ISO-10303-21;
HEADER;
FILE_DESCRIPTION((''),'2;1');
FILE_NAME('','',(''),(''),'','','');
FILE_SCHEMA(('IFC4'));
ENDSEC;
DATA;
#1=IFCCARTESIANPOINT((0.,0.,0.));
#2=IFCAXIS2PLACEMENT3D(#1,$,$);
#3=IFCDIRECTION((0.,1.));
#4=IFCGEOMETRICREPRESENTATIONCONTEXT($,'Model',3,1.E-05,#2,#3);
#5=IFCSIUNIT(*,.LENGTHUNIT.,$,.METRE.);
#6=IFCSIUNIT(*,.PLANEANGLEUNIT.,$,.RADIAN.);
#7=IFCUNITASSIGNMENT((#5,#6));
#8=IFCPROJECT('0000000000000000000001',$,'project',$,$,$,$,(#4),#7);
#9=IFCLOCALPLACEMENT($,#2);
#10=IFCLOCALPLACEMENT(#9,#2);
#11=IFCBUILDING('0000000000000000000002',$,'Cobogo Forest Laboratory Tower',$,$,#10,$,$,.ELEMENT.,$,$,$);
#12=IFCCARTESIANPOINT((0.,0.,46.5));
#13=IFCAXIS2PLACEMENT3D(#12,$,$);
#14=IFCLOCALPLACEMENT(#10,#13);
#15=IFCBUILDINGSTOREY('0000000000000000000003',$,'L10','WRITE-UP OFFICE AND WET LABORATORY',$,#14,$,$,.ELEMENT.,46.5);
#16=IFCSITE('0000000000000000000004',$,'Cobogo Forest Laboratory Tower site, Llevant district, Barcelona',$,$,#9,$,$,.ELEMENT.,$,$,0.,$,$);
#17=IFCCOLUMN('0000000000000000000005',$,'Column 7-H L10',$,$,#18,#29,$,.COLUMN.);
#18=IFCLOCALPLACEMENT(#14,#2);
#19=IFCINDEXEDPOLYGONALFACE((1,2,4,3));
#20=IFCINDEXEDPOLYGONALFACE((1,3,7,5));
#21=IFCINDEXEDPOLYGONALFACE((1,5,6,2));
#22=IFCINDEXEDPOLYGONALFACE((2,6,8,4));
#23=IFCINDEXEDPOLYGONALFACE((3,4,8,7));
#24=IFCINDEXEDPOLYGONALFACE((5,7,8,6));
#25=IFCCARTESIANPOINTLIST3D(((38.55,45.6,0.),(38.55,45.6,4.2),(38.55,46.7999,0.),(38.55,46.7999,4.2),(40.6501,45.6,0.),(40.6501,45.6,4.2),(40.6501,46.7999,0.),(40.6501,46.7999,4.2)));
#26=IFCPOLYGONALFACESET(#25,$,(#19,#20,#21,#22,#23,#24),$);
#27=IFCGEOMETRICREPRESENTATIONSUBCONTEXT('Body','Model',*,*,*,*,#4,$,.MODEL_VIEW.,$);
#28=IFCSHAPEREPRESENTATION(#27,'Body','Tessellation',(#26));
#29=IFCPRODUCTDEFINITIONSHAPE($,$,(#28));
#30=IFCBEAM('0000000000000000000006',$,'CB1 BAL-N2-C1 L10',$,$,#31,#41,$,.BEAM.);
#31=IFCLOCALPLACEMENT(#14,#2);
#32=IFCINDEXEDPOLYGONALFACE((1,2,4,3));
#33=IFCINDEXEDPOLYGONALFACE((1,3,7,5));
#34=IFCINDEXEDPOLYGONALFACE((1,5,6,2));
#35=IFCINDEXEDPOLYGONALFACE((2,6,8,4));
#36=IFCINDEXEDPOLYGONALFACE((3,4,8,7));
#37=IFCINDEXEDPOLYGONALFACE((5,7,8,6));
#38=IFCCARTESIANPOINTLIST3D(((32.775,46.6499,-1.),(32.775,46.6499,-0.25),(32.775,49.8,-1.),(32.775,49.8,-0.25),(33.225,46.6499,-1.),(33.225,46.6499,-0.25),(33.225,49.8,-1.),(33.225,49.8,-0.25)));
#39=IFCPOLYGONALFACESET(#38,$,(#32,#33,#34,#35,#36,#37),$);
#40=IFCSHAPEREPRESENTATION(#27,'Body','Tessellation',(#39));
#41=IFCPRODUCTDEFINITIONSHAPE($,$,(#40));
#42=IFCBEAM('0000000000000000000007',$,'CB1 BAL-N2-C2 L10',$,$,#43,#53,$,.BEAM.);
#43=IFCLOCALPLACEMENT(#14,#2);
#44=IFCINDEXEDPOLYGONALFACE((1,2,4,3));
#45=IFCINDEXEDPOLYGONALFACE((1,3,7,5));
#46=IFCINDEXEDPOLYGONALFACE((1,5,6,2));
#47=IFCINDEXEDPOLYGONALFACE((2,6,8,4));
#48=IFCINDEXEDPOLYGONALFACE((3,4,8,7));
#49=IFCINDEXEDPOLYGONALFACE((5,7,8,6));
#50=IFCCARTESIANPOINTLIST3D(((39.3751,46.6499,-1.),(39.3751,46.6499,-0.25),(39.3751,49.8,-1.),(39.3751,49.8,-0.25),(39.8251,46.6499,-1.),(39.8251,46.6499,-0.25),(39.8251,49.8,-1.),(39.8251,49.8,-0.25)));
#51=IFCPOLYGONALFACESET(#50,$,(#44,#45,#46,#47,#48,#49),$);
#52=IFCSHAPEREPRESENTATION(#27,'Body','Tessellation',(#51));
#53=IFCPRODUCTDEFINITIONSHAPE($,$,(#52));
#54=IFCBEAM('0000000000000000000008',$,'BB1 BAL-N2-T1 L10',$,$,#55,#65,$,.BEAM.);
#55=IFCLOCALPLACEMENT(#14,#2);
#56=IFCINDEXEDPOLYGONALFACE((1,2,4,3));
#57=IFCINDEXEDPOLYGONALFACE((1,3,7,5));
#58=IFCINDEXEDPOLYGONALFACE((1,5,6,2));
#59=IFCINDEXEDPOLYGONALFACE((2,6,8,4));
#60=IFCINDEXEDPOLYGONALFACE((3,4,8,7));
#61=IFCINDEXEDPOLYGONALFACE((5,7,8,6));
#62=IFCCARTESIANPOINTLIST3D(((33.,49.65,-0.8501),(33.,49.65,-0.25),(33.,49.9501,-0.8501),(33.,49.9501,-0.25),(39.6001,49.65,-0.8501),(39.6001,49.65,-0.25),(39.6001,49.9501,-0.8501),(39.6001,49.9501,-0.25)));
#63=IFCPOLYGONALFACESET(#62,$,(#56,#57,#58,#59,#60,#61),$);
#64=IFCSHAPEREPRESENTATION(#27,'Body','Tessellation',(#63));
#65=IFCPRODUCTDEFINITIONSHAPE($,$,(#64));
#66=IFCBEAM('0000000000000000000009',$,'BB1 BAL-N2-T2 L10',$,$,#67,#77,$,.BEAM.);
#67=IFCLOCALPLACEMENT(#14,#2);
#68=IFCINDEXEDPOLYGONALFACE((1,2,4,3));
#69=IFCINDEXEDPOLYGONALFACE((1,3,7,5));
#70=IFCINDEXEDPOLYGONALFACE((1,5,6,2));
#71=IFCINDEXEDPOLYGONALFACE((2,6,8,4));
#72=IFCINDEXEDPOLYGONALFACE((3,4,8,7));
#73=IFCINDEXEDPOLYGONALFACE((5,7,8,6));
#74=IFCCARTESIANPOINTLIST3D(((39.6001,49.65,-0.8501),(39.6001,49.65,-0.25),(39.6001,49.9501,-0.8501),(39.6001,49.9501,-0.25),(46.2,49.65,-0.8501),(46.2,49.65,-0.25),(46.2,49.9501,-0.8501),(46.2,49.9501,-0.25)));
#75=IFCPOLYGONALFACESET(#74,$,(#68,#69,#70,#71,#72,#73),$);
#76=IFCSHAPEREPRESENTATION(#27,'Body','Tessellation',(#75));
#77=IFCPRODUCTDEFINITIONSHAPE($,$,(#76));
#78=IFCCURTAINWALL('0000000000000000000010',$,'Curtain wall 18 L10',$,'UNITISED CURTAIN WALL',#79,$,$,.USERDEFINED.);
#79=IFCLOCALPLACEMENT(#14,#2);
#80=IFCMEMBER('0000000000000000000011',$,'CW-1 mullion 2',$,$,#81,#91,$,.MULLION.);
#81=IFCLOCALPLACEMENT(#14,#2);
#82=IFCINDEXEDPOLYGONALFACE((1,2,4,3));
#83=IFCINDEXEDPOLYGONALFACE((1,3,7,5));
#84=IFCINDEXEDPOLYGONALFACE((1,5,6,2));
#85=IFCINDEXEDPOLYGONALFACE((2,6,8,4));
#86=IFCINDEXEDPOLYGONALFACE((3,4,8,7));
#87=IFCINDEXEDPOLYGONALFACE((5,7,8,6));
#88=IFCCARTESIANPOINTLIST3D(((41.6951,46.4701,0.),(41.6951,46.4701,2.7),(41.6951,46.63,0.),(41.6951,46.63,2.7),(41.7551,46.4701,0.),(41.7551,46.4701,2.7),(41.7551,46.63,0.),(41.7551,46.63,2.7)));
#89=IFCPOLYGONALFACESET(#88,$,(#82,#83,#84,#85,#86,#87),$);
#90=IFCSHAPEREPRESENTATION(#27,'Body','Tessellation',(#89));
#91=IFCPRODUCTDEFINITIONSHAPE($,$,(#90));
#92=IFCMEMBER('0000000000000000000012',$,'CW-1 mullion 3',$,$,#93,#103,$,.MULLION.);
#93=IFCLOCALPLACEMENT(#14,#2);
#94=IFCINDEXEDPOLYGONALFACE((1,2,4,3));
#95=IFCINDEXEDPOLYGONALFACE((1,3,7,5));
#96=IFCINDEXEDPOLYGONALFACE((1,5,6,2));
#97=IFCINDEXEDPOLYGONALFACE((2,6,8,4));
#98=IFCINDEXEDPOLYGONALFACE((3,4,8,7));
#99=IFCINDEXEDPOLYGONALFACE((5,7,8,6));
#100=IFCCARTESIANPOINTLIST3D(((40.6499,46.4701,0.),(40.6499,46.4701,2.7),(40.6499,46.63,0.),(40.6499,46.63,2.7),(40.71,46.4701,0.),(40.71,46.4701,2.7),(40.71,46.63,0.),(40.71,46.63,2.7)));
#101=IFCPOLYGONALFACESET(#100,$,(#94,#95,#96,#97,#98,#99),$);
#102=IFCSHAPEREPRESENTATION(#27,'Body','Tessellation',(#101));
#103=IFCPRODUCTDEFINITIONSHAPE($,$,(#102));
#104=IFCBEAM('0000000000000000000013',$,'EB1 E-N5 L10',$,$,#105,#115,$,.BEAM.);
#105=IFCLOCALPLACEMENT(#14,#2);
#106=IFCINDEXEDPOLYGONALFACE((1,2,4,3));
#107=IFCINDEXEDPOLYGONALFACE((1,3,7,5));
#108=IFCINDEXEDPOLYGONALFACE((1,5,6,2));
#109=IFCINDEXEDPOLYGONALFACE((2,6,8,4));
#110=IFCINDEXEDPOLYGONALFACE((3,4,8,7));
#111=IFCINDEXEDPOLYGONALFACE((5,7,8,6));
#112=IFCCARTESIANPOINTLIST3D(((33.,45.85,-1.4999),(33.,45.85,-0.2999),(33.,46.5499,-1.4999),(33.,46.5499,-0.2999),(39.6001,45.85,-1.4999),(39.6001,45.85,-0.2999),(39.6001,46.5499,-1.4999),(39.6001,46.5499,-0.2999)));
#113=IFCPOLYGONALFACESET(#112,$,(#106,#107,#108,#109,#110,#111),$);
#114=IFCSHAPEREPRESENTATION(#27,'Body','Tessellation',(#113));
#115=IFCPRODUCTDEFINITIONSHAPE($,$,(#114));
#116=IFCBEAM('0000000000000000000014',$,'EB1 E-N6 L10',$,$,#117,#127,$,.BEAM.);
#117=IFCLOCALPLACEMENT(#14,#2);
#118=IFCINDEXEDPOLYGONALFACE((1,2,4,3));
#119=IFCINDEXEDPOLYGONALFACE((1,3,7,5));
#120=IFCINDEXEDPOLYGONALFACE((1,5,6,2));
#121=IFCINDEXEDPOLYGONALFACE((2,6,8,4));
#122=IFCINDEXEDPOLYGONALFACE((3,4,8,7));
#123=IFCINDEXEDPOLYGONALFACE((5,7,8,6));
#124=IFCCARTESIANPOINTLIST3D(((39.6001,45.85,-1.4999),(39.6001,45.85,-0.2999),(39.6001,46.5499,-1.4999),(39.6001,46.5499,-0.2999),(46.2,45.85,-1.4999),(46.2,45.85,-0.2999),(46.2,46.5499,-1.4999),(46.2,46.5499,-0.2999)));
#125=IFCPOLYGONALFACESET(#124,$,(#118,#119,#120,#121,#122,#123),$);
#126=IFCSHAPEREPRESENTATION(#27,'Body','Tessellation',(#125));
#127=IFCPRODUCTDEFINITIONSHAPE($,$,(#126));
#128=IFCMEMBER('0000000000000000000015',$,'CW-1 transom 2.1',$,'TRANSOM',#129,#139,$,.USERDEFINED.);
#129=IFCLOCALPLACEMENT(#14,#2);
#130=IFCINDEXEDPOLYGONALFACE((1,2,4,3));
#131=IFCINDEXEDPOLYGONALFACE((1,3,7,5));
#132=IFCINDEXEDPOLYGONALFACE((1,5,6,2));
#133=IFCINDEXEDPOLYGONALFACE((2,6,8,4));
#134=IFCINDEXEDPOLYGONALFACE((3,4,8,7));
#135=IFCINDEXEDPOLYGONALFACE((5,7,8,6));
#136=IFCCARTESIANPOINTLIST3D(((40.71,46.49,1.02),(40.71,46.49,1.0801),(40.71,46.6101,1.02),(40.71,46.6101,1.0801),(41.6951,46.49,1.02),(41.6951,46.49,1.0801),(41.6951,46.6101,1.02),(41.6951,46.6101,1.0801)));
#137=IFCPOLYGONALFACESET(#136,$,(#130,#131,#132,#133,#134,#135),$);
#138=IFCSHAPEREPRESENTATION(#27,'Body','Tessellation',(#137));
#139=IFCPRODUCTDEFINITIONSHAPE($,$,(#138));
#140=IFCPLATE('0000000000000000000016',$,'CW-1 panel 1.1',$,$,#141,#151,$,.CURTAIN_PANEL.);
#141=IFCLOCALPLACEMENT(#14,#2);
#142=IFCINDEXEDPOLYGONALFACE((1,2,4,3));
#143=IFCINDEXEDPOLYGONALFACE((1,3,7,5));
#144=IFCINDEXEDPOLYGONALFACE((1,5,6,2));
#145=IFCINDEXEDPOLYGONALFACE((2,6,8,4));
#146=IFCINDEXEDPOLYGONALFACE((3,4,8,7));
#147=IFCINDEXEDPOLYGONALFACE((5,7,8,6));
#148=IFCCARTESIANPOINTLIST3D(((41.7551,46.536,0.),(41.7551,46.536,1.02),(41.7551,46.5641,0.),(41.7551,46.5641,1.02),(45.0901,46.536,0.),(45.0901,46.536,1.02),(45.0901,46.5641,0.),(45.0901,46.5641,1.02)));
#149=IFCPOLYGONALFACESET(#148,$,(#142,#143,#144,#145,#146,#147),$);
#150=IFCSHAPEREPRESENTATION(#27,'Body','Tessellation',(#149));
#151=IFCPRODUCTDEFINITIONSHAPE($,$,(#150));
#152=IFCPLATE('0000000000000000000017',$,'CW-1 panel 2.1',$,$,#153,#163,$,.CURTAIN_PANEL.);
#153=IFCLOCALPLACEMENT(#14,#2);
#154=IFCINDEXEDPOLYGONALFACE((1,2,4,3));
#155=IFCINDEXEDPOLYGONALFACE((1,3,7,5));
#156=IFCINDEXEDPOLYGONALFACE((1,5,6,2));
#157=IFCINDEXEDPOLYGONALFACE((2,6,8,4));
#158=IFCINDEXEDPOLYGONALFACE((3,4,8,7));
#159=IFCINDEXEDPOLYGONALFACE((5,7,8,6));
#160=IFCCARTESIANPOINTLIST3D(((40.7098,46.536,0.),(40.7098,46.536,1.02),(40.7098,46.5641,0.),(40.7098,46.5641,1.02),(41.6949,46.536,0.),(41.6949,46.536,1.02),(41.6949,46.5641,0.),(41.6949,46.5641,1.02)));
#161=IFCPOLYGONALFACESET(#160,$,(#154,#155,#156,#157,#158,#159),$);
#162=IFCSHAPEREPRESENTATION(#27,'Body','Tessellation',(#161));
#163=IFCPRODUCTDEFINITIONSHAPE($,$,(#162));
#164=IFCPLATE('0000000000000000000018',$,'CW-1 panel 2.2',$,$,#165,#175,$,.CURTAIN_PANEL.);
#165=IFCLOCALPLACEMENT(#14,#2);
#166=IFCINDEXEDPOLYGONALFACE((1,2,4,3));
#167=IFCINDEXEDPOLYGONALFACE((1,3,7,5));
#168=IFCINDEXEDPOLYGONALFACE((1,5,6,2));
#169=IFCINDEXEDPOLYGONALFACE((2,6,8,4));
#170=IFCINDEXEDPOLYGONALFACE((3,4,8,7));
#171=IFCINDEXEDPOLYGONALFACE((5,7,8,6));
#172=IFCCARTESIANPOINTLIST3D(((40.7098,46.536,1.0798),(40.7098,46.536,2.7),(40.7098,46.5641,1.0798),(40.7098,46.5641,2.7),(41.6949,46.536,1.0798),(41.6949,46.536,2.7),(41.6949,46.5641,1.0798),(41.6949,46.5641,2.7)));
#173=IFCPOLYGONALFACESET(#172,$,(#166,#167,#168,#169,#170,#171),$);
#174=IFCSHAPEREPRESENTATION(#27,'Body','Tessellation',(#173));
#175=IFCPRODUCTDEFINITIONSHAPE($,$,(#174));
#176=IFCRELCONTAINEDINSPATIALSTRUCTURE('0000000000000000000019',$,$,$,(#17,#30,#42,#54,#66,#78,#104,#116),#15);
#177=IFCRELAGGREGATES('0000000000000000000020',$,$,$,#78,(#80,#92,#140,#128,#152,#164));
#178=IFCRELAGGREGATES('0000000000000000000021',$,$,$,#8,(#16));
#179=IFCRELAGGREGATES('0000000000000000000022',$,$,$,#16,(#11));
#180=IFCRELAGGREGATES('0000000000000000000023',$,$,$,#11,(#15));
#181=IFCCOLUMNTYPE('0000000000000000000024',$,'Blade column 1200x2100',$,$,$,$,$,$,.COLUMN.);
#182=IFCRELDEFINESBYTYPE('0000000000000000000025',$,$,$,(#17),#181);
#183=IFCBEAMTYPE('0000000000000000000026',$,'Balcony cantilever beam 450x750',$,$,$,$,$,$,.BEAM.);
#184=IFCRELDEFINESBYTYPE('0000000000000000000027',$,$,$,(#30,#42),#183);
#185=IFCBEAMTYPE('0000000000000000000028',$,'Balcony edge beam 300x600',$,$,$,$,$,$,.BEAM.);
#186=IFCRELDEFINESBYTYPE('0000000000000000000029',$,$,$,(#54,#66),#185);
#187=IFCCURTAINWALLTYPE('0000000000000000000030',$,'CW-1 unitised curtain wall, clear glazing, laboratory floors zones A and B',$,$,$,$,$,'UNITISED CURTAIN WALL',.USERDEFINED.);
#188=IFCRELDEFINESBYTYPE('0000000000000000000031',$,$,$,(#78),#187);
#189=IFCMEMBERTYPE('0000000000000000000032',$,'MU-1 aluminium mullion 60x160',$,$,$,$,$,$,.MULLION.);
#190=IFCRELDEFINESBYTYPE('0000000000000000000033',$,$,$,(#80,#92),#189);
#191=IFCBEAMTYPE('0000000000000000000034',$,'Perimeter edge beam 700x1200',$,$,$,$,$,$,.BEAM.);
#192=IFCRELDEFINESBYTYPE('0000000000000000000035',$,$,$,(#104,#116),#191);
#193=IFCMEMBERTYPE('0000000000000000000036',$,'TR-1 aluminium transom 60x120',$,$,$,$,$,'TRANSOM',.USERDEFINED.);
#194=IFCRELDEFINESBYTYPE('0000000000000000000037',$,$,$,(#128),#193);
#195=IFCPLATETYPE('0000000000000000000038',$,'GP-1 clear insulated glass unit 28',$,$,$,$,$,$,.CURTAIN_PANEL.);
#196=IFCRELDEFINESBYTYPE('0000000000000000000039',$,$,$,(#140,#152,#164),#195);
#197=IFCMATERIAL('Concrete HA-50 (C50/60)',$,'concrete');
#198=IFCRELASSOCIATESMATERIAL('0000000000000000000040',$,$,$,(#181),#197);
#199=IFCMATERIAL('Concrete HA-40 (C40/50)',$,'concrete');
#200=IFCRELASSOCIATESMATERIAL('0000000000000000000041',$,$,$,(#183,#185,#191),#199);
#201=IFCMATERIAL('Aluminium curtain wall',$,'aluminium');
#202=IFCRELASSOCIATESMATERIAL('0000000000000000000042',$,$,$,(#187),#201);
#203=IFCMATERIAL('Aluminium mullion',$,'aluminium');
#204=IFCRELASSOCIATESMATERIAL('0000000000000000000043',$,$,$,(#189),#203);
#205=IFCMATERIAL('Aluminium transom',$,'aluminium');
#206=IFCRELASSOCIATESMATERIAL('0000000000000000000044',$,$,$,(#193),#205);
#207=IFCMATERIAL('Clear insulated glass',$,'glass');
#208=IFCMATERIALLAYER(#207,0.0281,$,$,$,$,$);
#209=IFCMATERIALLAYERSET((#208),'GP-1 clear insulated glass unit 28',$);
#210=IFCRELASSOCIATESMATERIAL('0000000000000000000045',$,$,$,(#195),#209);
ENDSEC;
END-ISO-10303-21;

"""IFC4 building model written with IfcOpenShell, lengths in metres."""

from ifc_helpers import new_model, si_unit, direction, frame, origin, origin_2d, place, context, subcontext, project, spatial, rectangle, extrude, material, layer, layer_set, material_profile, profile_set, type_object, element, aggregate, save


model = new_model("IFC4")

# Units and contexts
model_context = context("Model", 3, precision=1e-05, world=origin(), true_north=direction((0.0, 1.0)))
body_context = subcontext(model_context, "Body", "Model", "MODEL_VIEW")
ifc_project = project(units=[si_unit("LENGTHUNIT", "METRE"), si_unit("PLANEANGLEUNIT", "RADIAN")], contexts=[model_context])

# Site, building, storey
site_placement = place(None, origin())
site = spatial("IfcSite", under=ifc_project, at=site_placement, Name="Cobogo Forest Laboratory Tower site, Llevant district, Barcelona", CompositionType="ELEMENT", RefElevation=0.0)
building_placement = place(site_placement, origin())
building = spatial("IfcBuilding", under=site, at=building_placement, Name="Cobogo Forest Laboratory Tower", CompositionType="ELEMENT")
storey_placement = place(building_placement, frame((0.0, 0.0, 46.5)))
storey = spatial("IfcBuildingStorey", under=building, at=storey_placement, Name="L10", Description="WRITE-UP OFFICE AND WET LABORATORY", CompositionType="ELEMENT", Elevation=46.5)

# Column
ifc_material_1 = material(Name="Concrete HA-50 (C50/60)", Category="concrete")
ifc_material_profile_1 = material_profile(ifc_material_1, rectangle(XDim=2.1001, YDim=1.2, at=origin_2d()), Name="RC 1200x2100")
ifc_profile_set_1 = profile_set([ifc_material_profile_1], Name="Concrete HA-50 (C50/60)")
column_type = type_object("IfcColumnType", Name="Blade column 1200x2100", PredefinedType="COLUMN", material=ifc_profile_set_1)
column_placement = place(storey_placement, frame((39.6001, 46.2, 0.0), z_axis=(0.0, 0.0, 1.0), x_axis=(1.0, 0.0, 0.0)))
element("IfcColumn", 1, at=column_placement, inside=storey, type_object=column_type, Name="Column 7-H L10", PredefinedType="COLUMN", context=body_context, shape_type="SweptSolid", body=[
    extrude(rectangle(XDim=2.1001, YDim=1.2, at=origin_2d()), origin(), (0.0, 0.0, 1.0), 4.2),
])

# Beams
ifc_material_2 = material(Name="Concrete HA-40 (C40/50)", Category="concrete")
ifc_material_profile_2 = material_profile(ifc_material_2, rectangle(XDim=0.45, YDim=0.75, at=origin_2d()), Name="RC 450x750")
ifc_profile_set_2 = profile_set([ifc_material_profile_2], Name="Concrete HA-40 (C40/50)")
beam_type_1 = type_object("IfcBeamType", Name="Balcony cantilever beam 450x750", PredefinedType="BEAM", material=ifc_profile_set_2)
for number, where, z_axis, x_axis, name in (
    (2, (33.0, 46.6499, -0.625), (0.0, 1.0, 0.0), (-1.0, 0.0, 0.0), "CB1 BAL-N2-C1 L10"),
    (3, (39.6001, 46.6499, -0.625), (0.0, 1.0, 0.0), (-1.0, 0.0, 0.0), "CB1 BAL-N2-C2 L10"),
):
    element("IfcBeam", number, at=place(storey_placement, frame(where, z_axis=z_axis, x_axis=x_axis)), inside=storey, type_object=beam_type_1, Name=name, PredefinedType="BEAM", context=body_context, shape_type="SweptSolid", body=[
        extrude(rectangle(XDim=0.45, YDim=0.75, at=origin_2d()), origin(), (0.0, 0.0, 1.0), 3.1501),
    ])
ifc_material_profile_3 = material_profile(ifc_material_2, rectangle(XDim=0.3, YDim=0.6001, at=origin_2d()), Name="RC 300x600")
ifc_profile_set_3 = profile_set([ifc_material_profile_3], Name="Concrete HA-40 (C40/50)")
beam_type_2 = type_object("IfcBeamType", Name="Balcony edge beam 300x600", PredefinedType="BEAM", material=ifc_profile_set_3)
beam_1_placement = place(storey_placement, frame((33.0, 49.8, -0.55), z_axis=(1.0, 0.0, 0.0), x_axis=(0.0, 1.0, 0.0)))
element("IfcBeam", 4, at=beam_1_placement, inside=storey, type_object=beam_type_2, Name="BB1 BAL-N2-T1 L10", PredefinedType="BEAM", context=body_context, shape_type="SweptSolid", body=[
    extrude(rectangle(XDim=0.3, YDim=0.6001, at=origin_2d()), origin(), (0.0, 0.0, 1.0), 6.6001),
])
beam_2_placement = place(storey_placement, frame((39.6001, 49.8, -0.55), z_axis=(1.0, 0.0, 0.0), x_axis=(0.0, 1.0, 0.0)))
element("IfcBeam", 5, at=beam_2_placement, inside=storey, type_object=beam_type_2, Name="BB1 BAL-N2-T2 L10", PredefinedType="BEAM", context=body_context, shape_type="SweptSolid", body=[
    extrude(rectangle(XDim=0.3, YDim=0.6001, at=origin_2d()), origin(), (0.0, 0.0, 1.0), 6.5999),
])

# Curtain wall, members
ifc_material_3 = material(Name="Aluminium curtain wall", Category="aluminium")
curtain_wall_type = type_object("IfcCurtainWallType", Name="CW-1 unitised curtain wall, clear glazing, laboratory floors zones A and B", ElementType="UNITISED CURTAIN WALL", PredefinedType="USERDEFINED", material=ifc_material_3)
curtain_wall_placement = place(storey_placement, origin())
curtain_wall = element("IfcCurtainWall", 6, at=curtain_wall_placement, inside=storey, type_object=curtain_wall_type, Name="Curtain wall 18 L10", ObjectType="UNITISED CURTAIN WALL", PredefinedType="USERDEFINED")
ifc_material_4 = material(Name="Aluminium mullion", Category="aluminium")
ifc_material_profile_4 = material_profile(ifc_material_4, rectangle(XDim=0.0601, YDim=0.1599, at=origin_2d()), Name="AL 60x160")
ifc_profile_set_4 = profile_set([ifc_material_profile_4], Name="Aluminium mullion")
member_type_1 = type_object("IfcMemberType", Name="MU-1 aluminium mullion 60x160", PredefinedType="MULLION", material=ifc_profile_set_4)
member_1_placement = place(storey_placement, frame((41.7251, 46.55, 0.0), z_axis=(0.0, 0.0, 1.0), x_axis=(-1.0, 0.0, 0.0)))
member_1 = element("IfcMember", 7, at=member_1_placement, type_object=member_type_1, Name="CW-1 mullion 2", PredefinedType="MULLION", context=body_context, shape_type="SweptSolid", body=[
    extrude(rectangle(XDim=0.0601, YDim=0.1599, at=origin_2d()), origin(), (0.0, 0.0, 1.0), 2.7),
])
member_2_placement = place(storey_placement, frame((40.6799, 46.55, 0.0), z_axis=(0.0, 0.0, 1.0), x_axis=(-1.0, 0.0, 0.0)))
member_2 = element("IfcMember", 8, at=member_2_placement, type_object=member_type_1, Name="CW-1 mullion 3", PredefinedType="MULLION", context=body_context, shape_type="SweptSolid", body=[
    extrude(rectangle(XDim=0.0601, YDim=0.1599, at=origin_2d()), origin(), (0.0, 0.0, 1.0), 2.7),
])

# Beams
ifc_material_profile_5 = material_profile(ifc_material_2, rectangle(XDim=0.7, YDim=1.2, at=origin_2d()), Name="RC 700x1200")
ifc_profile_set_5 = profile_set([ifc_material_profile_5], Name="Concrete HA-40 (C40/50)")
beam_type_3 = type_object("IfcBeamType", Name="Perimeter edge beam 700x1200", PredefinedType="BEAM", material=ifc_profile_set_5)
beam_3_placement = place(storey_placement, frame((33.0, 46.2, -0.8999), z_axis=(1.0, 0.0, 0.0), x_axis=(0.0, 1.0, 0.0)))
element("IfcBeam", 9, at=beam_3_placement, inside=storey, type_object=beam_type_3, Name="EB1 E-N5 L10", PredefinedType="BEAM", context=body_context, shape_type="SweptSolid", body=[
    extrude(rectangle(XDim=0.7, YDim=1.2, at=origin_2d()), origin(), (0.0, 0.0, 1.0), 6.6001),
])
beam_4_placement = place(storey_placement, frame((39.6001, 46.2, -0.8999), z_axis=(1.0, 0.0, 0.0), x_axis=(0.0, 1.0, 0.0)))
element("IfcBeam", 10, at=beam_4_placement, inside=storey, type_object=beam_type_3, Name="EB1 E-N6 L10", PredefinedType="BEAM", context=body_context, shape_type="SweptSolid", body=[
    extrude(rectangle(XDim=0.7, YDim=1.2, at=origin_2d()), origin(), (0.0, 0.0, 1.0), 6.5999),
])

# Member
ifc_material_5 = material(Name="Aluminium transom", Category="aluminium")
ifc_material_profile_6 = material_profile(ifc_material_5, rectangle(XDim=0.1201, YDim=0.0601, at=origin_2d()), Name="AL 60x120")
ifc_profile_set_6 = profile_set([ifc_material_profile_6], Name="Aluminium transom")
member_type_2 = type_object("IfcMemberType", Name="TR-1 aluminium transom 60x120", ElementType="TRANSOM", PredefinedType="USERDEFINED", material=ifc_profile_set_6)
member_3_placement = place(storey_placement, frame((41.6951, 46.55, 1.05), z_axis=(-1.0, 0.0, 0.0), x_axis=(0.0, -1.0, 0.0)))
member_3 = element("IfcMember", 11, at=member_3_placement, type_object=member_type_2, Name="CW-1 transom 2.1", ObjectType="TRANSOM", PredefinedType="USERDEFINED", context=body_context, shape_type="SweptSolid", body=[
    extrude(rectangle(XDim=0.1201, YDim=0.0601, at=origin_2d()), origin(), (0.0, 0.0, 1.0), 0.9851),
])

# Plates
ifc_material_6 = material(Name="Clear insulated glass", Category="glass")
ifc_layer_1 = layer(ifc_material_6, 0.0281)
ifc_layer_set_1 = layer_set([ifc_layer_1], Name="GP-1 clear insulated glass unit 28")
plate_type = type_object("IfcPlateType", Name="GP-1 clear insulated glass unit 28", PredefinedType="CURTAIN_PANEL", material=ifc_layer_set_1)
plate_1_placement = place(storey_placement, frame((43.4226, 46.55, 0.0), z_axis=(0.0, 0.0, 1.0), x_axis=(-1.0, 0.0, 0.0)))
plate_1 = element("IfcPlate", 12, at=plate_1_placement, type_object=plate_type, Name="CW-1 panel 1.1", PredefinedType="CURTAIN_PANEL", context=body_context, shape_type="SweptSolid", body=[
    extrude(rectangle(XDim=3.335, YDim=0.0281, at=origin_2d()), origin(), (0.0, 0.0, 1.0), 1.02),
])
plate_2_placement = place(storey_placement, frame((41.2024, 46.55, 0.0), z_axis=(0.0, 0.0, 1.0), x_axis=(-1.0, 0.0, 0.0)))
plate_2 = element("IfcPlate", 13, at=plate_2_placement, type_object=plate_type, Name="CW-1 panel 2.1", PredefinedType="CURTAIN_PANEL", context=body_context, shape_type="SweptSolid", body=[
    extrude(rectangle(XDim=0.9851, YDim=0.0281, at=origin_2d()), origin(), (0.0, 0.0, 1.0), 1.02),
])
plate_3_placement = place(storey_placement, frame((41.2024, 46.55, 1.0798), z_axis=(0.0, 0.0, 1.0), x_axis=(-1.0, 0.0, 0.0)))
plate_3 = element("IfcPlate", 14, at=plate_3_placement, type_object=plate_type, Name="CW-1 panel 2.2", PredefinedType="CURTAIN_PANEL", context=body_context, shape_type="SweptSolid", body=[
    extrude(rectangle(XDim=0.9851, YDim=0.0281, at=origin_2d()), origin(), (0.0, 0.0, 1.0), 1.6201),
])
aggregate(curtain_wall, [member_1, member_2, plate_1, member_3, plate_2, plate_3])

save(model, "model.ifc")
